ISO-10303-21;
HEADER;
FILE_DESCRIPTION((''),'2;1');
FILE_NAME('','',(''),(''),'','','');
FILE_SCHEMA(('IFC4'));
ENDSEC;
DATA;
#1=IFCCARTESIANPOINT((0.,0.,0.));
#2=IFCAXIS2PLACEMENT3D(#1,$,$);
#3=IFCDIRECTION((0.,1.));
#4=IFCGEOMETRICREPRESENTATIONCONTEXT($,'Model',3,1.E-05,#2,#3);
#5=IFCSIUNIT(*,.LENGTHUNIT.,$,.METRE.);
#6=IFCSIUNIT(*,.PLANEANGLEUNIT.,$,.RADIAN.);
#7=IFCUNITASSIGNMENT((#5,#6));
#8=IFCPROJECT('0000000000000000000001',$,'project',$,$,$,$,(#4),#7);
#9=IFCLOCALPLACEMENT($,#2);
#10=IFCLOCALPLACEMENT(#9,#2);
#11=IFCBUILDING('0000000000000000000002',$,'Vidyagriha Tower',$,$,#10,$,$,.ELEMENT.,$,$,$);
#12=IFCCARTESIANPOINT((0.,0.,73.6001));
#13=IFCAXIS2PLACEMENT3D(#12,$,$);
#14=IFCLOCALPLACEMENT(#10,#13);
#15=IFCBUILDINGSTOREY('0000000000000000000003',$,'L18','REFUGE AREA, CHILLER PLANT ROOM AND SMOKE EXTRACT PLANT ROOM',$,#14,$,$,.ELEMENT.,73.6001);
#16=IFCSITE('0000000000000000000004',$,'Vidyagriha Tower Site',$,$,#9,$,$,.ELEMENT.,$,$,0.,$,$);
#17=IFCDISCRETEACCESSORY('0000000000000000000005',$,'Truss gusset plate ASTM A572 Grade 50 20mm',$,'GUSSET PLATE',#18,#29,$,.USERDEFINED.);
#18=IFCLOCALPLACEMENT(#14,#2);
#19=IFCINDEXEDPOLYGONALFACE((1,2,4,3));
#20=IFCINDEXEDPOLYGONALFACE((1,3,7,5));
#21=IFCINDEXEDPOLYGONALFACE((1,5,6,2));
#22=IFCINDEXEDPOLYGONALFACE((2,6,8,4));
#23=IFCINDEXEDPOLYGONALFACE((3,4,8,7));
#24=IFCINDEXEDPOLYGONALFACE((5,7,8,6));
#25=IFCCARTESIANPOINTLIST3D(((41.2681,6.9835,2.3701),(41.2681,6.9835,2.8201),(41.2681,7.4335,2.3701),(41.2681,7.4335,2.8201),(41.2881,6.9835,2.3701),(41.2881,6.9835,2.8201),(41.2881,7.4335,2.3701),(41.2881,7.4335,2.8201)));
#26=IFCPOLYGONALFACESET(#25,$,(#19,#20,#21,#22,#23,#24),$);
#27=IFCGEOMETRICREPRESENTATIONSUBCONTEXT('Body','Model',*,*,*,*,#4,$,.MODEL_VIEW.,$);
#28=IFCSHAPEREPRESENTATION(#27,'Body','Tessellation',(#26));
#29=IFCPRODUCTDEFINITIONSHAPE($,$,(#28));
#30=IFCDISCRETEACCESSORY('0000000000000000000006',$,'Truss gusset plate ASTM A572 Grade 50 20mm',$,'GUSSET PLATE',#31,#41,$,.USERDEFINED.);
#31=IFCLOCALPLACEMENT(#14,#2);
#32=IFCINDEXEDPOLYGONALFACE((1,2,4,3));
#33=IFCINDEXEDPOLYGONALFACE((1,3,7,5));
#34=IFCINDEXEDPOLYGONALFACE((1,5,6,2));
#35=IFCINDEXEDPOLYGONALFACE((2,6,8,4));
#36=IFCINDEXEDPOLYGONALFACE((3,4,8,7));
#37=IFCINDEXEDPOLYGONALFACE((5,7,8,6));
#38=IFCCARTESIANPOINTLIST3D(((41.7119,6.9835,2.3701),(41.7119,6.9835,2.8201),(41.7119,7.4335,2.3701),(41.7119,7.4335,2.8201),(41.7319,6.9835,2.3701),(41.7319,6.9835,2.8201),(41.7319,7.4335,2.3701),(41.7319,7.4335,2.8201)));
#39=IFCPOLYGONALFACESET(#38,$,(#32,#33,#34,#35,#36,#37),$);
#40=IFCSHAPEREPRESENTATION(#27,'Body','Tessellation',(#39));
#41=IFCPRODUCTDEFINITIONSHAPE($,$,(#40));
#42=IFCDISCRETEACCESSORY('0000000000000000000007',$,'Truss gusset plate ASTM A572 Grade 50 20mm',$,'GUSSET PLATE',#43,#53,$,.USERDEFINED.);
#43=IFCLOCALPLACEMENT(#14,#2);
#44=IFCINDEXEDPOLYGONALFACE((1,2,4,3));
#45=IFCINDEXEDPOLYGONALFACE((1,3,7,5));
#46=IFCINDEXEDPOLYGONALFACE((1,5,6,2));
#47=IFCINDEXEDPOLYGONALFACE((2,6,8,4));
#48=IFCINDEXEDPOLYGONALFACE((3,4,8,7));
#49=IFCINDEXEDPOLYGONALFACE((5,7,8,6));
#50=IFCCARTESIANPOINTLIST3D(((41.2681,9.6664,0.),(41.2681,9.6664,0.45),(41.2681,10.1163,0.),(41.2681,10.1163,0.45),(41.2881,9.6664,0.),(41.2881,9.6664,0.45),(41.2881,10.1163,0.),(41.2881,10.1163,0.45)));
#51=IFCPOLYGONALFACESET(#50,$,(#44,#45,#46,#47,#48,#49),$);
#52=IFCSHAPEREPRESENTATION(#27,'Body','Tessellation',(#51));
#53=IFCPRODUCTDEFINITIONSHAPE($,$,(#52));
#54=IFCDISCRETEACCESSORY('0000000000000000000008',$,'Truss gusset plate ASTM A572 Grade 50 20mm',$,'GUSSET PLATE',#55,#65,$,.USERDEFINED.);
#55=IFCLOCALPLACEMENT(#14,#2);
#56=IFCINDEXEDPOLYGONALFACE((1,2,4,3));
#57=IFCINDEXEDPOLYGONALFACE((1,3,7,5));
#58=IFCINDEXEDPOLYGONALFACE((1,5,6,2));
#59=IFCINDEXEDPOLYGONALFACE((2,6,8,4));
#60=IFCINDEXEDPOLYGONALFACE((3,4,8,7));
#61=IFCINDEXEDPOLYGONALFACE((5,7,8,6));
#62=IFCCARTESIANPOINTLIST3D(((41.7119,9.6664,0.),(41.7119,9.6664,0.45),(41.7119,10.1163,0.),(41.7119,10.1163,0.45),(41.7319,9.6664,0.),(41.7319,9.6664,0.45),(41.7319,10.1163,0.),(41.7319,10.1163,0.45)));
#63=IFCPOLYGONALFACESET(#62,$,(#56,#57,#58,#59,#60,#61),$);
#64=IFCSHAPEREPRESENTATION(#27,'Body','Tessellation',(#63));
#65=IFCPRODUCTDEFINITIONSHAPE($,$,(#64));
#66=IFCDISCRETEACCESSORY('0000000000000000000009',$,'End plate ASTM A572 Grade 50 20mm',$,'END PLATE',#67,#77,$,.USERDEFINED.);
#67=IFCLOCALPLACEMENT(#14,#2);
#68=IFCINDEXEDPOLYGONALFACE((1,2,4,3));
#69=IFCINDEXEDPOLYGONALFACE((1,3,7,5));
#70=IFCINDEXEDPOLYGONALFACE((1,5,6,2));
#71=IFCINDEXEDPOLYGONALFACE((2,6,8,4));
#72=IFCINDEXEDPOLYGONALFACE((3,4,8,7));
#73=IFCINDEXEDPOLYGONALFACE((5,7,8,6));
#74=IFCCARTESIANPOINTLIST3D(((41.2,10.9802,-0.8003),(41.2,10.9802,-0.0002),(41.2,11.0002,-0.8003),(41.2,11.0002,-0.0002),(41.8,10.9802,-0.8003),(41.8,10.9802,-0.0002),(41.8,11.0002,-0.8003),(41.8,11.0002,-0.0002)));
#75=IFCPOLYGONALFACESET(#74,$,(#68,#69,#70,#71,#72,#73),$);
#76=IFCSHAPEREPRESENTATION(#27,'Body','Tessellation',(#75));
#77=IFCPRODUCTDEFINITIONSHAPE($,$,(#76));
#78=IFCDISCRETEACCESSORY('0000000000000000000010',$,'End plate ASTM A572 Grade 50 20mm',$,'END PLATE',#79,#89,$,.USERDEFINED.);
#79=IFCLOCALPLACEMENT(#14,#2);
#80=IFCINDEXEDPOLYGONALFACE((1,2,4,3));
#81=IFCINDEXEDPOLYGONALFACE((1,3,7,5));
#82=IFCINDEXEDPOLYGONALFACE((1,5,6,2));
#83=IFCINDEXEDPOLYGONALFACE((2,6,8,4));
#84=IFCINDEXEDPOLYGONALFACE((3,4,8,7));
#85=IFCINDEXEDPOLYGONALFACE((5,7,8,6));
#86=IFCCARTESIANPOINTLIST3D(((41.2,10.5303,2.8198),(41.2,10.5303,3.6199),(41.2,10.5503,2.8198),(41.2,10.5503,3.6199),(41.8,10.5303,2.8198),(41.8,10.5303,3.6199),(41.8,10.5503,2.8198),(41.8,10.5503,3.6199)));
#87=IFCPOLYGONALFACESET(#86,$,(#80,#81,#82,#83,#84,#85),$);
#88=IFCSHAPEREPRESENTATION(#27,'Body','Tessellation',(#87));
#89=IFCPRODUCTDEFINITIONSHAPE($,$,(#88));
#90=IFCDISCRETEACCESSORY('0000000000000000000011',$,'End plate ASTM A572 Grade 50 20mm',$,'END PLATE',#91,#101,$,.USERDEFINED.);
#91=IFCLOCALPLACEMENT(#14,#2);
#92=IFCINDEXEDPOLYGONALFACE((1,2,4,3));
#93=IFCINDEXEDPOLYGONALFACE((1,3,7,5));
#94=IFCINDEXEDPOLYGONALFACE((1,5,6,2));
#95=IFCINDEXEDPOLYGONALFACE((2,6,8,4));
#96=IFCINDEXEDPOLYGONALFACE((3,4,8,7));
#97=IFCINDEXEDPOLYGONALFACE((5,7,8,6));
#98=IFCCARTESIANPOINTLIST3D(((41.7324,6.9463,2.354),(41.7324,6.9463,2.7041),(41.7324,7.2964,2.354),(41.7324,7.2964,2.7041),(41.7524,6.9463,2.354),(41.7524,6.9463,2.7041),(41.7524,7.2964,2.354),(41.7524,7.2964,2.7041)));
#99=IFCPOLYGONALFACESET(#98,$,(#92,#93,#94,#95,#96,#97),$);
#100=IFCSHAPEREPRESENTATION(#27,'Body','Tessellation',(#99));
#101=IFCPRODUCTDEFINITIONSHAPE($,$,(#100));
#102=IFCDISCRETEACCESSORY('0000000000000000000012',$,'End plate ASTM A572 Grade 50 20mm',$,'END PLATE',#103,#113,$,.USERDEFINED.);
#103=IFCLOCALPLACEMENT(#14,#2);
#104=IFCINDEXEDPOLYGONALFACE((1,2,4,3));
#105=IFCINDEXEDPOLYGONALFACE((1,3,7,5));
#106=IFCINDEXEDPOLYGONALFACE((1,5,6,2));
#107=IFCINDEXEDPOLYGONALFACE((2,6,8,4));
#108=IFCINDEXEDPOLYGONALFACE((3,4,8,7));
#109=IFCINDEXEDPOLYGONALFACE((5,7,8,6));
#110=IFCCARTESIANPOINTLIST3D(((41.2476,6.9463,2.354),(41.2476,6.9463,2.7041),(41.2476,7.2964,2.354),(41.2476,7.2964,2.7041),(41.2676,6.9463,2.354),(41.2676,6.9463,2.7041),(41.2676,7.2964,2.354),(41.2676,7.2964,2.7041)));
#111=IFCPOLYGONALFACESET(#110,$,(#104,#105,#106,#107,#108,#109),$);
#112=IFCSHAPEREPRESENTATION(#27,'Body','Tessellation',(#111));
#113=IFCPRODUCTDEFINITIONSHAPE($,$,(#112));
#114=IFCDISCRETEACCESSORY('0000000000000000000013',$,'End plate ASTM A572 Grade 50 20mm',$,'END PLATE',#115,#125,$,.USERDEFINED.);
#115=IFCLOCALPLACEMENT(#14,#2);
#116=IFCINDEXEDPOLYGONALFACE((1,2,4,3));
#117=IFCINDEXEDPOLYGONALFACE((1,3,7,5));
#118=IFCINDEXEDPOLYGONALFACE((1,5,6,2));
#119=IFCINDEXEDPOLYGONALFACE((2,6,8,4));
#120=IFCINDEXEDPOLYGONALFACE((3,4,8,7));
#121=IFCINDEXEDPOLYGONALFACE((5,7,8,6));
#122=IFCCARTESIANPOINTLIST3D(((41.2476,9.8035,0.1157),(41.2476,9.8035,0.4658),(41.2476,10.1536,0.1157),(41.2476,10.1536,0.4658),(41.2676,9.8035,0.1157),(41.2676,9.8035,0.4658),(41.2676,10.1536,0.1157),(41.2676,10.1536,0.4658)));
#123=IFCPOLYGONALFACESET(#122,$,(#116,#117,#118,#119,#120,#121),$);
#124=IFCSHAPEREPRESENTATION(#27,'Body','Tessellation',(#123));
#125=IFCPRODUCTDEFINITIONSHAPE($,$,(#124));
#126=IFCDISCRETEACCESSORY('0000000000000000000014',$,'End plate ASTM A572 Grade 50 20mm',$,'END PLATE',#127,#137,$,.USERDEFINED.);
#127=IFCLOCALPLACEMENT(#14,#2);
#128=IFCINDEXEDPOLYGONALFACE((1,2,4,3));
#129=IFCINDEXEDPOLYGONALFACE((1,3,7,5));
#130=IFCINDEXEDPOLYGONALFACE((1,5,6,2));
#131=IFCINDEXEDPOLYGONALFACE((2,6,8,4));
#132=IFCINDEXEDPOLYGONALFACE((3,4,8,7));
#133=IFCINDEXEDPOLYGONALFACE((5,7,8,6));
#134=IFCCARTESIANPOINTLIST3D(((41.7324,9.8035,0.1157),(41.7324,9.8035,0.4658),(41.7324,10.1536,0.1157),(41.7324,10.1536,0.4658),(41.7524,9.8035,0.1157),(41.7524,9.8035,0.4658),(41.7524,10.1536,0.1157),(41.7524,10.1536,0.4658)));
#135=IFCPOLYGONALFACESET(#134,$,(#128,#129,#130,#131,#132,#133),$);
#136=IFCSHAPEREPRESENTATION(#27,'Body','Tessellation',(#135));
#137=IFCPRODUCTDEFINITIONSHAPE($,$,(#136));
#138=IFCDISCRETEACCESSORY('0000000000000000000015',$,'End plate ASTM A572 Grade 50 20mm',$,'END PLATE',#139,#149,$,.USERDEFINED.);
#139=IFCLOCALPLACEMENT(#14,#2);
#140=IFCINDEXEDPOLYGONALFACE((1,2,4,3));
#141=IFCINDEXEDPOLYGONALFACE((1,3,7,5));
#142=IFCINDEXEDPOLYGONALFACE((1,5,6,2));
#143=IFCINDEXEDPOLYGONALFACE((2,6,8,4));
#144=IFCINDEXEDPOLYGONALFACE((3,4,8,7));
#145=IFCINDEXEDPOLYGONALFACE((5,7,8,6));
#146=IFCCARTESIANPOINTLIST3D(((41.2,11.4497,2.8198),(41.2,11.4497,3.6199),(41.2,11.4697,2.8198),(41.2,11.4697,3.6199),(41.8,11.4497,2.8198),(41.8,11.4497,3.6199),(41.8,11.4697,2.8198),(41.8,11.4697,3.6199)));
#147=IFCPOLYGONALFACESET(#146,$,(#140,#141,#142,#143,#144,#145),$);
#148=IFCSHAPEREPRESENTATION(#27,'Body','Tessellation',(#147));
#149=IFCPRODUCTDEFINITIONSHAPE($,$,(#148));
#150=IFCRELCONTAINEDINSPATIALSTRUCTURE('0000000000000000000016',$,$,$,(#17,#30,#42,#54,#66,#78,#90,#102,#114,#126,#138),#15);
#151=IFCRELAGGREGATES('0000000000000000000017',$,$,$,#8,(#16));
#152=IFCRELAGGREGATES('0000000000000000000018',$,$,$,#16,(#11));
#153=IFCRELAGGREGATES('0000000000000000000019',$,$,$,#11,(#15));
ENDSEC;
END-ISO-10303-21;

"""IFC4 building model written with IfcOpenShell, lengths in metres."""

from ifc_helpers import new_model, si_unit, direction, frame, origin, origin_2d, place, context, subcontext, project, spatial, rectangle, extrude, element, save


model = new_model("IFC4")

# Units and contexts
model_context = context("Model", 3, precision=1e-05, world=origin(), true_north=direction((0.0, 1.0)))
body_context = subcontext(model_context, "Body", "Model", "MODEL_VIEW")
ifc_project = project(units=[si_unit("LENGTHUNIT", "METRE"), si_unit("PLANEANGLEUNIT", "RADIAN")], contexts=[model_context])

# Site, building, storey
site_placement = place(None, origin())
site = spatial("IfcSite", under=ifc_project, at=site_placement, Name="Vidyagriha Tower Site", CompositionType="ELEMENT", RefElevation=0.0)
building_placement = place(site_placement, origin())
building = spatial("IfcBuilding", under=site, at=building_placement, Name="Vidyagriha Tower", CompositionType="ELEMENT")
storey_placement = place(building_placement, frame((0.0, 0.0, 73.6001)))
storey = spatial("IfcBuildingStorey", under=building, at=storey_placement, Name="L18", Description="REFUGE AREA, CHILLER PLANT ROOM AND SMOKE EXTRACT PLANT ROOM", CompositionType="ELEMENT", Elevation=73.6001)

# Discrete accessories
for number, where, z_axis, x_axis, name in (
    (1, (41.2781, 7.2085, 2.3701), (0.0, 0.0, 1.0), (0.0, 1.0, 0.0), "Truss gusset plate ASTM A572 Grade 50 20mm"),
    (2, (41.7219, 7.2085, 2.3701), (0.0, 0.0, 1.0), (0.0, 1.0, 0.0), "Truss gusset plate ASTM A572 Grade 50 20mm"),
    (3, (41.2781, 9.8914, 0.0), (0.0, 0.0, 1.0), (0.0, 1.0, 0.0), "Truss gusset plate ASTM A572 Grade 50 20mm"),
    (4, (41.7219, 9.8914, 0.0), (0.0, 0.0, 1.0), (0.0, 1.0, 0.0), "Truss gusset plate ASTM A572 Grade 50 20mm"),
):
    element("IfcDiscreteAccessory", number, at=place(storey_placement, frame(where, z_axis=z_axis, x_axis=x_axis)), inside=storey, Name=name, ObjectType="GUSSET PLATE", PredefinedType="USERDEFINED", context=body_context, shape_type="SweptSolid", body=[
        extrude(rectangle(XDim=0.45, YDim=0.02, at=origin_2d()), origin(), (0.0, 0.0, 1.0), 0.45),
    ])
for number, where, z_axis, x_axis, name in (
    (5, (41.5, 10.9902, -0.8003), (0.0, 0.0, 1.0), (0.0, 1.0, 0.0), "End plate ASTM A572 Grade 50 20mm"),
    (6, (41.5, 10.5403, 2.8198), (0.0, 0.0, 1.0), (0.0, 1.0, 0.0), "End plate ASTM A572 Grade 50 20mm"),
):
    element("IfcDiscreteAccessory", number, at=place(storey_placement, frame(where, z_axis=z_axis, x_axis=x_axis)), inside=storey, Name=name, ObjectType="END PLATE", PredefinedType="USERDEFINED", context=body_context, shape_type="SweptSolid", body=[
        extrude(rectangle(XDim=0.02, YDim=0.6001, at=origin_2d()), origin(), (0.0, 0.0, 1.0), 0.8),
    ])
for number, where, z_axis, x_axis, name in (
    (7, (41.7424, 7.1213, 2.354), (0.0, 0.0, 1.0), (0.0, -1.0, 0.0), "End plate ASTM A572 Grade 50 20mm"),
    (8, (41.2576, 7.1213, 2.354), (0.0, 0.0, 1.0), (0.0, -1.0, 0.0), "End plate ASTM A572 Grade 50 20mm"),
    (9, (41.2576, 9.9785, 0.1157), (0.0, 0.0, 1.0), (0.0, 1.0, 0.0), "End plate ASTM A572 Grade 50 20mm"),
    (10, (41.7424, 9.9785, 0.1157), (0.0, 0.0, 1.0), (0.0, 1.0, 0.0), "End plate ASTM A572 Grade 50 20mm"),
):
    element("IfcDiscreteAccessory", number, at=place(storey_placement, frame(where, z_axis=z_axis, x_axis=x_axis)), inside=storey, Name=name, ObjectType="END PLATE", PredefinedType="USERDEFINED", context=body_context, shape_type="SweptSolid", body=[
        extrude(rectangle(XDim=0.3501, YDim=0.02, at=origin_2d()), origin(), (0.0, 0.0, 1.0), 0.3501),
    ])
discrete_accessory_placement = place(storey_placement, frame((41.5, 11.4597, 2.8198), z_axis=(0.0, 0.0, 1.0), x_axis=(0.0, -1.0, 0.0)))
element("IfcDiscreteAccessory", 11, at=discrete_accessory_placement, inside=storey, Name="End plate ASTM A572 Grade 50 20mm", ObjectType="END PLATE", PredefinedType="USERDEFINED", context=body_context, shape_type="SweptSolid", body=[
    extrude(rectangle(XDim=0.02, YDim=0.6001, at=origin_2d()), origin(), (0.0, 0.0, 1.0), 0.8),
])

save(model, "model.ifc")
